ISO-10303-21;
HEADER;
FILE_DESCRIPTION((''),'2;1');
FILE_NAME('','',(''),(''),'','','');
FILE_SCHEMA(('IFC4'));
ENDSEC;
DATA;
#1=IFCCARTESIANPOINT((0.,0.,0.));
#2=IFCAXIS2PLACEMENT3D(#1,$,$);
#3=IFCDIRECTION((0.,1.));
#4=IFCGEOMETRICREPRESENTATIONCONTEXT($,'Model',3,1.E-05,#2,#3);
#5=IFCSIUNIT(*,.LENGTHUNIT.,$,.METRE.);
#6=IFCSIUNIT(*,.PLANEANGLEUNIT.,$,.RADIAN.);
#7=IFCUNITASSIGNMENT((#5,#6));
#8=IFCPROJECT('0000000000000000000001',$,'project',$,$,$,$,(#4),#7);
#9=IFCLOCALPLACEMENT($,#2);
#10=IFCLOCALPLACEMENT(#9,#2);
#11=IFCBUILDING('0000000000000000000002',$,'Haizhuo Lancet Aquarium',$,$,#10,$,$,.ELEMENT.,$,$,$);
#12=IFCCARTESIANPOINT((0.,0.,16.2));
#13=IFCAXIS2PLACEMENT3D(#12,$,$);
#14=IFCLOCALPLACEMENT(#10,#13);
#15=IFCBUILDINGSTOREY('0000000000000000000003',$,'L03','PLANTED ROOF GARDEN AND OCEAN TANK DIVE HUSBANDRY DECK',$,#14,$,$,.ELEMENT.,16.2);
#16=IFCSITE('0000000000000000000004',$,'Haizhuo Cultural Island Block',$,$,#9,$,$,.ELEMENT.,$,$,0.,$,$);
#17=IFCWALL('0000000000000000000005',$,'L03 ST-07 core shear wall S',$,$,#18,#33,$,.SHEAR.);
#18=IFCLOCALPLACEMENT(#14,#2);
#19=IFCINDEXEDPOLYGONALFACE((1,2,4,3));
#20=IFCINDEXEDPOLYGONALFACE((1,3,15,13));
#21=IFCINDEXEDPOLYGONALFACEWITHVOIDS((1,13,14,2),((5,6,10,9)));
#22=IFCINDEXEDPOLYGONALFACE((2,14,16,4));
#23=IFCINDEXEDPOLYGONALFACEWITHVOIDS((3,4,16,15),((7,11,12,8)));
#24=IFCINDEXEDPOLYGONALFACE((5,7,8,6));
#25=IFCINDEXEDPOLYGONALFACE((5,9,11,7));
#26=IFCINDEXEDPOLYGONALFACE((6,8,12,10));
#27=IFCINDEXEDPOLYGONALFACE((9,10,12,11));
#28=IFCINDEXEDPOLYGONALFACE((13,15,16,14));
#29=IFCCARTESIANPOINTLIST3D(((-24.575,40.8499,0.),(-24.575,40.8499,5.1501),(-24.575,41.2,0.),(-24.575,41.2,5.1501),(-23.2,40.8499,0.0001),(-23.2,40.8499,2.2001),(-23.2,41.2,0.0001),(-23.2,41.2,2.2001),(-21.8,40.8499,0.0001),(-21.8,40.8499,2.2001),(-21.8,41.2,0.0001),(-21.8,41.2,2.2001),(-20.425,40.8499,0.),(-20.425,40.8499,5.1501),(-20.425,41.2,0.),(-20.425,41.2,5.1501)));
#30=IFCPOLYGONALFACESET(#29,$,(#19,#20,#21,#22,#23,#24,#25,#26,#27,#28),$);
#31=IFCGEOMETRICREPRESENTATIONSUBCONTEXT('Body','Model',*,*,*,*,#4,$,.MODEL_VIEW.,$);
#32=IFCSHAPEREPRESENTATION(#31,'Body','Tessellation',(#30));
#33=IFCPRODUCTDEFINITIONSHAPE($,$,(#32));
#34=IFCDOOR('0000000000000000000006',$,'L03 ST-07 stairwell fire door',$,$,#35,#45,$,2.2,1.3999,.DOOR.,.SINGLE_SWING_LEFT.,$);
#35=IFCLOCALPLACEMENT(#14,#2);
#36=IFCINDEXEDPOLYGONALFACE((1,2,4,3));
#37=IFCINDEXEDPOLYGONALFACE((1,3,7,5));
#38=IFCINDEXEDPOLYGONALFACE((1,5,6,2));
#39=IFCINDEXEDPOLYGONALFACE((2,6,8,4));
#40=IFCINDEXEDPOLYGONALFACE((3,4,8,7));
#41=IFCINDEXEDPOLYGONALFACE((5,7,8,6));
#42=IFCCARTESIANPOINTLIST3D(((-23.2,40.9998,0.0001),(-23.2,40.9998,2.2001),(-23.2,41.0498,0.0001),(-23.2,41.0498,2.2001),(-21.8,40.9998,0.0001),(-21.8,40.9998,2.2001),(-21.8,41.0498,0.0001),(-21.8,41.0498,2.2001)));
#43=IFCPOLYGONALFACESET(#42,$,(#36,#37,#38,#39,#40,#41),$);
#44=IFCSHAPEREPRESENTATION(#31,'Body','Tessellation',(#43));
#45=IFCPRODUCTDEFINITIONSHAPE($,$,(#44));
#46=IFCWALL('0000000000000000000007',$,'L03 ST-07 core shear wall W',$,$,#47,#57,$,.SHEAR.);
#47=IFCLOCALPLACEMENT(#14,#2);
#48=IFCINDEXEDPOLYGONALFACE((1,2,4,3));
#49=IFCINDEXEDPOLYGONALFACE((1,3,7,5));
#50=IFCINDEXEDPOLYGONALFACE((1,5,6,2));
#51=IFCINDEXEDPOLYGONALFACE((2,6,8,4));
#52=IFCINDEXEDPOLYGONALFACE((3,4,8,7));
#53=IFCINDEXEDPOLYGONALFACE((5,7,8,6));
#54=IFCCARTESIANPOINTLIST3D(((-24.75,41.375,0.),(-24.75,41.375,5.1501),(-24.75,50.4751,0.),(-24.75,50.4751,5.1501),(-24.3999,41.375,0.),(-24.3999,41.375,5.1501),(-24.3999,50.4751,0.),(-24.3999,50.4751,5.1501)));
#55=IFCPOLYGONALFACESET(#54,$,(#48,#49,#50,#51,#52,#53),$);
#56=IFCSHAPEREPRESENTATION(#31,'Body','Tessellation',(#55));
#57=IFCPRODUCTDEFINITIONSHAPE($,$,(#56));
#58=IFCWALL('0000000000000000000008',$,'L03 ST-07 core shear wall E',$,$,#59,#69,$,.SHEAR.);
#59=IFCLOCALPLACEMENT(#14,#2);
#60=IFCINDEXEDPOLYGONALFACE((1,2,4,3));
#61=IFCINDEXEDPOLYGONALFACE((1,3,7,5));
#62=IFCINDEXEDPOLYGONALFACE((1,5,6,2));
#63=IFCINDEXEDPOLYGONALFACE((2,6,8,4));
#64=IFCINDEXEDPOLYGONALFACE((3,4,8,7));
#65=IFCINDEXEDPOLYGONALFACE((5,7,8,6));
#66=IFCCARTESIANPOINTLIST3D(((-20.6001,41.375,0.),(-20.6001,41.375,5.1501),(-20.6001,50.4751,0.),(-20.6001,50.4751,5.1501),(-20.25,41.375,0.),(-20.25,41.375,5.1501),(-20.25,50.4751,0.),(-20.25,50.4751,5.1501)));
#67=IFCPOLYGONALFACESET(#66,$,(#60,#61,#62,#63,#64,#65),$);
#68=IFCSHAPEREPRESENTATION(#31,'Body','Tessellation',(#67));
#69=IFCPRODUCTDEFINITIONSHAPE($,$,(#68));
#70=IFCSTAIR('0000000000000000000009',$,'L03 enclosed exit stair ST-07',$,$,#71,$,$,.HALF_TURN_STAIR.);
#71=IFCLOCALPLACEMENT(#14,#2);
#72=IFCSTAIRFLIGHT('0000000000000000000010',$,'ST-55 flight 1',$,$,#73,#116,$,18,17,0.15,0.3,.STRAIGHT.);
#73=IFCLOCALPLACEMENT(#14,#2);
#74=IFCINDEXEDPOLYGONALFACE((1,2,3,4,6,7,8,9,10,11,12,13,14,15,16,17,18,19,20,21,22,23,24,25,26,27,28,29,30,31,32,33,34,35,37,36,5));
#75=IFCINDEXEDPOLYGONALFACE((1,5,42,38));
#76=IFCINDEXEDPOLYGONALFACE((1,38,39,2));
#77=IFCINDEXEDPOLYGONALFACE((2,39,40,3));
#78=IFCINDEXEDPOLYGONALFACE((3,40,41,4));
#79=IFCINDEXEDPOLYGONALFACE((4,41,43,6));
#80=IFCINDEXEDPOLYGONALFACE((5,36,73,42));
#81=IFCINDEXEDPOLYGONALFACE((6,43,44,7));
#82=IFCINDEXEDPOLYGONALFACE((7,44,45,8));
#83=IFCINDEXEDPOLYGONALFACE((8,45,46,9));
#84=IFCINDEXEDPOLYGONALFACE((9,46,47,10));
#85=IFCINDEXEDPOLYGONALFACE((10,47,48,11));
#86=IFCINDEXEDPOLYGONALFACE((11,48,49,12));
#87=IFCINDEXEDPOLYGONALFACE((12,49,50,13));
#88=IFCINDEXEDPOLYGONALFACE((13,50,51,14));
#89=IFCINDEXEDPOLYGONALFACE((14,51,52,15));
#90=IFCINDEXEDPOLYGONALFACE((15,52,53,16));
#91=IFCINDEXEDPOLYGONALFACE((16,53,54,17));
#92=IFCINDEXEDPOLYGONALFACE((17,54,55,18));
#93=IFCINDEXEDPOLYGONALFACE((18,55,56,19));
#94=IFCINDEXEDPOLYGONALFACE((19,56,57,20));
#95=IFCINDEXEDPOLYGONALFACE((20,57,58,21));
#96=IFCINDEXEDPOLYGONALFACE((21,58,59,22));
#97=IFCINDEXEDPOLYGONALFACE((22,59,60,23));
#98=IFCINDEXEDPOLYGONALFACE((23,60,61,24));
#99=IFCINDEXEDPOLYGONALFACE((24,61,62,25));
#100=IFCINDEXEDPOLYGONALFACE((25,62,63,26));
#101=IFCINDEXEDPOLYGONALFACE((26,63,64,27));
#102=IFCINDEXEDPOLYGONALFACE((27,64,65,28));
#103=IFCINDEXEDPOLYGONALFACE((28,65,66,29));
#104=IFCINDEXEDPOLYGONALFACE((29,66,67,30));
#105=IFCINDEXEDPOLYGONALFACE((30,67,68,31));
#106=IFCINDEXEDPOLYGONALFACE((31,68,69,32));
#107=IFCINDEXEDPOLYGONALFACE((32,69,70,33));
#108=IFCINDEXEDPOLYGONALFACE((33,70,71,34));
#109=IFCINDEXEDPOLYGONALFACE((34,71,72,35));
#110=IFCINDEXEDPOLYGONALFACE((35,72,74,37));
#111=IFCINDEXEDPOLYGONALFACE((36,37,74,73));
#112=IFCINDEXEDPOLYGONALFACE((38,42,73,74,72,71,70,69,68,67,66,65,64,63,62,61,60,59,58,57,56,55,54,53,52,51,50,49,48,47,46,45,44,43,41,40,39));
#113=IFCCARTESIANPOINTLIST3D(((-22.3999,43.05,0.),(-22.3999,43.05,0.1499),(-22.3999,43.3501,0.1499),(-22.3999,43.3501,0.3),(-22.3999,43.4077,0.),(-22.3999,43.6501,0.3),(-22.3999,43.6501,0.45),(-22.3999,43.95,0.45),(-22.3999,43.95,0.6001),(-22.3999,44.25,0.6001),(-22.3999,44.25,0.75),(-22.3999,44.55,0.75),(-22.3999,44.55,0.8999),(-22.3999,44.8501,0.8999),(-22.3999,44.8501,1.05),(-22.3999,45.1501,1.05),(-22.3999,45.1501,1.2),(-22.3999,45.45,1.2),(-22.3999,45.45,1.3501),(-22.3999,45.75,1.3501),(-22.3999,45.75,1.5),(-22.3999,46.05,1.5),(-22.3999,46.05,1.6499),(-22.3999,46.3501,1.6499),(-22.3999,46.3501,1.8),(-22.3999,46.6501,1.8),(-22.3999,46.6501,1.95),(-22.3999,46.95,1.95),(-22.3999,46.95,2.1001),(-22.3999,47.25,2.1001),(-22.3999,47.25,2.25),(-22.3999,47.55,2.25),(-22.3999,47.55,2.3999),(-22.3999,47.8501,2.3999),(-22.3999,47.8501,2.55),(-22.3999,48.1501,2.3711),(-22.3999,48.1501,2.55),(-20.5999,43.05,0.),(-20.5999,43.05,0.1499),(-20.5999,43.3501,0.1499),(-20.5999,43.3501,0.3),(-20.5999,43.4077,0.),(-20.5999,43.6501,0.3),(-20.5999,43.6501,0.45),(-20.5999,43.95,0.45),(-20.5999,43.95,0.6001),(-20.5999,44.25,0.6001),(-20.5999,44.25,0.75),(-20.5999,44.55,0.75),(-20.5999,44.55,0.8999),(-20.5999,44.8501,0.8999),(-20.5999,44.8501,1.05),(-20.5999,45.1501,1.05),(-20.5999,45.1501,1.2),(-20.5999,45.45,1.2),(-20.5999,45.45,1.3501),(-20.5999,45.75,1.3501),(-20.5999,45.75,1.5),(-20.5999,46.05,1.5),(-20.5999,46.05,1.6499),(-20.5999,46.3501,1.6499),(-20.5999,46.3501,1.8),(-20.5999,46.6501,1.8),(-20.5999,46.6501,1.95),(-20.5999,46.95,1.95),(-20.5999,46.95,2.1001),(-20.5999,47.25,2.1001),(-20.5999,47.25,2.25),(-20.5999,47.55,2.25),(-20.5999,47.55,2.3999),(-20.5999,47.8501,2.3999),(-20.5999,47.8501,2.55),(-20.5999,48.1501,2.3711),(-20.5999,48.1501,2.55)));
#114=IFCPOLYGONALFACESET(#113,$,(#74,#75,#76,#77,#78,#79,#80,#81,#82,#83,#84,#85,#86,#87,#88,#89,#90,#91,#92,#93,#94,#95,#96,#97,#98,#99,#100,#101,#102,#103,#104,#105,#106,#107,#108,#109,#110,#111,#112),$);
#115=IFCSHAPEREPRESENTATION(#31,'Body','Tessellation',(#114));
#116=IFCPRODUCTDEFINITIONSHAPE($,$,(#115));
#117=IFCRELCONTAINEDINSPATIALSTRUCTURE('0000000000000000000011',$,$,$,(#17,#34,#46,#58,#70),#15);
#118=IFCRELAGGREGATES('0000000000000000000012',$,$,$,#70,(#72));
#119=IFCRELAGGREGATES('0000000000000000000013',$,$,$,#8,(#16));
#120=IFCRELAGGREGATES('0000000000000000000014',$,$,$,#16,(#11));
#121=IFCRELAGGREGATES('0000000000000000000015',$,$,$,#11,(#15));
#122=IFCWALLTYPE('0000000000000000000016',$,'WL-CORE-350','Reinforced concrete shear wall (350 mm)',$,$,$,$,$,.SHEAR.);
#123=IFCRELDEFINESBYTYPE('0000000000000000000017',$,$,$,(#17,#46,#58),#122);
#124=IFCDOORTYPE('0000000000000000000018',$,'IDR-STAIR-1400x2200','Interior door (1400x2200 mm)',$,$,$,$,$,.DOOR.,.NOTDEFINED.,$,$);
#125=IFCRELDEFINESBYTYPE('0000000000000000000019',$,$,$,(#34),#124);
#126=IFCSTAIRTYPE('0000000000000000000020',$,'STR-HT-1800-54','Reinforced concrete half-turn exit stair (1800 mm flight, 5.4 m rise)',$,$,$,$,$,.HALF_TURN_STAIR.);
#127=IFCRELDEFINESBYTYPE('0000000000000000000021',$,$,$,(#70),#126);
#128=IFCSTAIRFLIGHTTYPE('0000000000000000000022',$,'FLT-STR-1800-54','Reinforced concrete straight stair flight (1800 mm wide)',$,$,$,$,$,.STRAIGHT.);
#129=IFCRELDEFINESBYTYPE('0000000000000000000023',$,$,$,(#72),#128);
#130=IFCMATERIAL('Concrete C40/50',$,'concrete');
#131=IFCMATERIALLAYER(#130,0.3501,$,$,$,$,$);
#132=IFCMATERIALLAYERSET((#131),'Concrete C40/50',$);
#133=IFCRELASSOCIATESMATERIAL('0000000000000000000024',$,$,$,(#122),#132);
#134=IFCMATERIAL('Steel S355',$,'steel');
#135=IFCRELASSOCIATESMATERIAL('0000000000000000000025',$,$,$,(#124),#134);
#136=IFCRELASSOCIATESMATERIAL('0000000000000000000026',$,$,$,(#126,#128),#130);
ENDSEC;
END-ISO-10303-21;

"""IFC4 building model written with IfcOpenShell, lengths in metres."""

from ifc_helpers import new_model, si_unit, direction, frame, frame_2d, origin, place, context, subcontext, project, spatial, polyline, rectangle, outline, extrude, material, layer, layer_set, type_object, element, fill, aggregate, save


model = new_model("IFC4")

# Units and contexts
model_context = context("Model", 3, precision=1e-05, world=origin(), true_north=direction((0.0, 1.0)))
body_context = subcontext(model_context, "Body", "Model", "MODEL_VIEW")
ifc_project = project(units=[si_unit("LENGTHUNIT", "METRE"), si_unit("PLANEANGLEUNIT", "RADIAN")], contexts=[model_context])

# Site, building, storey
site_placement = place(None, origin())
site = spatial("IfcSite", under=ifc_project, at=site_placement, Name="Haizhuo Cultural Island Block", CompositionType="ELEMENT", RefElevation=0.0)
building_placement = place(site_placement, origin())
building = spatial("IfcBuilding", under=site, at=building_placement, Name="Haizhuo Lancet Aquarium", CompositionType="ELEMENT")
storey_placement = place(building_placement, frame((0.0, 0.0, 16.2)))
storey = spatial("IfcBuildingStorey", under=building, at=storey_placement, Name="L03", Description="PLANTED ROOF GARDEN AND OCEAN TANK DIVE HUSBANDRY DECK", CompositionType="ELEMENT", Elevation=16.2)

# Shared definitions
ifc_material_1 = material(Name="Steel S355", Category="steel")

# Wall, opening, door
ifc_material_2 = material(Name="Concrete C40/50", Category="concrete")
ifc_layer_1 = layer(ifc_material_2, 0.3501)
ifc_layer_set_1 = layer_set([ifc_layer_1], Name="Concrete C40/50")
wall_type = type_object("IfcWallType", Name="WL-CORE-350", Description="Reinforced concrete shear wall (350 mm)", PredefinedType="SHEAR", material=ifc_layer_set_1)
wall_placement = place(storey_placement, frame((-24.575, 41.0249, 0.0), z_axis=(0.0, 0.0, 1.0), x_axis=(1.0, 0.0, 0.0)))
wall = element("IfcWall", 1, at=wall_placement, inside=storey, type_object=wall_type, Name="L03 ST-07 core shear wall S", PredefinedType="SHEAR", context=body_context, shape_type="SweptSolid", body=[
    extrude(rectangle(XDim=4.1499, YDim=0.3501, at=frame_2d((2.075, 0.0))), origin(), (0.0, 0.0, 1.0), 5.1501),
])
opening_placement = place(wall_placement, frame((1.375, 0.0, 0.0)))
opening = element("IfcOpeningElement", 2, at=opening_placement, cuts=wall, PredefinedType="OPENING", context=body_context, shape_type="SweptSolid", body=[
    extrude(rectangle(XDim=1.3999, YDim=2.2, at=frame_2d((0.7, 1.1001))), frame((0.0, 0.1851, 0.0), z_axis=(0.0, -1.0, 0.0), x_axis=(1.0, 0.0, 0.0)), (0.0, 0.0, 1.0), 0.3701),
])
door_type = type_object("IfcDoorType", Name="IDR-STAIR-1400x2200", Description="Interior door (1400x2200 mm)", OperationType="NOTDEFINED", PredefinedType="DOOR", material=ifc_material_1)
door_placement = place(opening_placement, origin())
door = element("IfcDoor", 3, at=door_placement, inside=storey, type_object=door_type, Name="L03 ST-07 stairwell fire door", OperationType="SINGLE_SWING_LEFT", OverallHeight=2.2, OverallWidth=1.3999, PredefinedType="DOOR", context=body_context, shape_type="SweptSolid", body=[
    extrude(rectangle(XDim=1.3999, YDim=2.2, at=frame_2d((0.7, 1.1001))), frame((0.0, 0.0249, 0.0), z_axis=(0.0, -1.0, 0.0), x_axis=(1.0, 0.0, 0.0)), (0.0, 0.0, 1.0), 0.05),
])
fill(opening, door)

# Walls
for number, where, z_axis, x_axis, name in (
    (4, (-24.575, 41.375, 0.0), (0.0, 0.0, 1.0), (0.0, 1.0, 0.0), "L03 ST-07 core shear wall W"),
    (5, (-20.425, 41.375, 0.0), (0.0, 0.0, 1.0), (0.0, 1.0, 0.0), "L03 ST-07 core shear wall E"),
):
    element("IfcWall", number, at=place(storey_placement, frame(where, z_axis=z_axis, x_axis=x_axis)), inside=storey, type_object=wall_type, Name=name, PredefinedType="SHEAR", context=body_context, shape_type="SweptSolid", body=[
        extrude(rectangle(XDim=9.1001, YDim=0.3501, at=frame_2d((4.55, 0.0))), origin(), (0.0, 0.0, 1.0), 5.1501),
    ])

# Stair, stair flight
stair_type = type_object("IfcStairType", Name="STR-HT-1800-54", Description="Reinforced concrete half-turn exit stair (1800 mm flight, 5.4 m rise)", PredefinedType="HALF_TURN_STAIR", material=ifc_material_2)
stair_placement = place(storey_placement, origin())
stair = element("IfcStair", 6, at=stair_placement, inside=storey, type_object=stair_type, Name="L03 enclosed exit stair ST-07", PredefinedType="HALF_TURN_STAIR")
stair_flight_type = type_object("IfcStairFlightType", Name="FLT-STR-1800-54", Description="Reinforced concrete straight stair flight (1800 mm wide)", PredefinedType="STRAIGHT", material=ifc_material_2)
stair_flight_placement = place(storey_placement, frame((-21.5, 43.05, 0.0), z_axis=(0.0, 0.0, 1.0), x_axis=(0.0, 1.0, 0.0)))
stair_flight = element("IfcStairFlight", 7, at=stair_flight_placement, type_object=stair_flight_type, Name="ST-55 flight 1", NumberOfRisers=18, NumberOfTreads=17, PredefinedType="STRAIGHT", RiserHeight=0.15, TreadLength=0.3, context=body_context, shape_type="SweptSolid", body=[
    extrude(outline(polyline([(0.0, 0.0), (0.0, 0.1499), (0.3, 0.1499), (0.3, 0.3), (0.6001, 0.3), (0.6001, 0.45), (0.8999, 0.45), (0.8999, 0.6001), (1.2, 0.6001), (1.2, 0.75), (1.5, 0.75), (1.5, 0.8999), (1.8, 0.8999), (1.8, 1.05), (2.1001, 1.05), (2.1001, 1.2), (2.3999, 1.2), (2.3999, 1.3501), (2.7, 1.3501), (2.7, 1.5), (3.0, 1.5), (3.0, 1.6499), (3.3, 1.6499), (3.3, 1.8), (3.6001, 1.8), (3.6001, 1.95), (3.8999, 1.95), (3.8999, 2.1001), (4.2, 2.1001), (4.2, 2.25), (4.5, 2.25), (4.5, 2.3999), (4.8, 2.3999), (4.8, 2.55), (5.1001, 2.55), (5.1001, 2.7), (5.1001, 2.3711), (0.3577, 0.0), (0.0, 0.0)])), frame((0.0, 0.8999, 0.0), z_axis=(0.0, -1.0, 0.0), x_axis=(1.0, 0.0, 0.0)), (0.0, 0.0, 1.0), 1.8),
])
aggregate(stair, [stair_flight])

save(model, "model.ifc")
